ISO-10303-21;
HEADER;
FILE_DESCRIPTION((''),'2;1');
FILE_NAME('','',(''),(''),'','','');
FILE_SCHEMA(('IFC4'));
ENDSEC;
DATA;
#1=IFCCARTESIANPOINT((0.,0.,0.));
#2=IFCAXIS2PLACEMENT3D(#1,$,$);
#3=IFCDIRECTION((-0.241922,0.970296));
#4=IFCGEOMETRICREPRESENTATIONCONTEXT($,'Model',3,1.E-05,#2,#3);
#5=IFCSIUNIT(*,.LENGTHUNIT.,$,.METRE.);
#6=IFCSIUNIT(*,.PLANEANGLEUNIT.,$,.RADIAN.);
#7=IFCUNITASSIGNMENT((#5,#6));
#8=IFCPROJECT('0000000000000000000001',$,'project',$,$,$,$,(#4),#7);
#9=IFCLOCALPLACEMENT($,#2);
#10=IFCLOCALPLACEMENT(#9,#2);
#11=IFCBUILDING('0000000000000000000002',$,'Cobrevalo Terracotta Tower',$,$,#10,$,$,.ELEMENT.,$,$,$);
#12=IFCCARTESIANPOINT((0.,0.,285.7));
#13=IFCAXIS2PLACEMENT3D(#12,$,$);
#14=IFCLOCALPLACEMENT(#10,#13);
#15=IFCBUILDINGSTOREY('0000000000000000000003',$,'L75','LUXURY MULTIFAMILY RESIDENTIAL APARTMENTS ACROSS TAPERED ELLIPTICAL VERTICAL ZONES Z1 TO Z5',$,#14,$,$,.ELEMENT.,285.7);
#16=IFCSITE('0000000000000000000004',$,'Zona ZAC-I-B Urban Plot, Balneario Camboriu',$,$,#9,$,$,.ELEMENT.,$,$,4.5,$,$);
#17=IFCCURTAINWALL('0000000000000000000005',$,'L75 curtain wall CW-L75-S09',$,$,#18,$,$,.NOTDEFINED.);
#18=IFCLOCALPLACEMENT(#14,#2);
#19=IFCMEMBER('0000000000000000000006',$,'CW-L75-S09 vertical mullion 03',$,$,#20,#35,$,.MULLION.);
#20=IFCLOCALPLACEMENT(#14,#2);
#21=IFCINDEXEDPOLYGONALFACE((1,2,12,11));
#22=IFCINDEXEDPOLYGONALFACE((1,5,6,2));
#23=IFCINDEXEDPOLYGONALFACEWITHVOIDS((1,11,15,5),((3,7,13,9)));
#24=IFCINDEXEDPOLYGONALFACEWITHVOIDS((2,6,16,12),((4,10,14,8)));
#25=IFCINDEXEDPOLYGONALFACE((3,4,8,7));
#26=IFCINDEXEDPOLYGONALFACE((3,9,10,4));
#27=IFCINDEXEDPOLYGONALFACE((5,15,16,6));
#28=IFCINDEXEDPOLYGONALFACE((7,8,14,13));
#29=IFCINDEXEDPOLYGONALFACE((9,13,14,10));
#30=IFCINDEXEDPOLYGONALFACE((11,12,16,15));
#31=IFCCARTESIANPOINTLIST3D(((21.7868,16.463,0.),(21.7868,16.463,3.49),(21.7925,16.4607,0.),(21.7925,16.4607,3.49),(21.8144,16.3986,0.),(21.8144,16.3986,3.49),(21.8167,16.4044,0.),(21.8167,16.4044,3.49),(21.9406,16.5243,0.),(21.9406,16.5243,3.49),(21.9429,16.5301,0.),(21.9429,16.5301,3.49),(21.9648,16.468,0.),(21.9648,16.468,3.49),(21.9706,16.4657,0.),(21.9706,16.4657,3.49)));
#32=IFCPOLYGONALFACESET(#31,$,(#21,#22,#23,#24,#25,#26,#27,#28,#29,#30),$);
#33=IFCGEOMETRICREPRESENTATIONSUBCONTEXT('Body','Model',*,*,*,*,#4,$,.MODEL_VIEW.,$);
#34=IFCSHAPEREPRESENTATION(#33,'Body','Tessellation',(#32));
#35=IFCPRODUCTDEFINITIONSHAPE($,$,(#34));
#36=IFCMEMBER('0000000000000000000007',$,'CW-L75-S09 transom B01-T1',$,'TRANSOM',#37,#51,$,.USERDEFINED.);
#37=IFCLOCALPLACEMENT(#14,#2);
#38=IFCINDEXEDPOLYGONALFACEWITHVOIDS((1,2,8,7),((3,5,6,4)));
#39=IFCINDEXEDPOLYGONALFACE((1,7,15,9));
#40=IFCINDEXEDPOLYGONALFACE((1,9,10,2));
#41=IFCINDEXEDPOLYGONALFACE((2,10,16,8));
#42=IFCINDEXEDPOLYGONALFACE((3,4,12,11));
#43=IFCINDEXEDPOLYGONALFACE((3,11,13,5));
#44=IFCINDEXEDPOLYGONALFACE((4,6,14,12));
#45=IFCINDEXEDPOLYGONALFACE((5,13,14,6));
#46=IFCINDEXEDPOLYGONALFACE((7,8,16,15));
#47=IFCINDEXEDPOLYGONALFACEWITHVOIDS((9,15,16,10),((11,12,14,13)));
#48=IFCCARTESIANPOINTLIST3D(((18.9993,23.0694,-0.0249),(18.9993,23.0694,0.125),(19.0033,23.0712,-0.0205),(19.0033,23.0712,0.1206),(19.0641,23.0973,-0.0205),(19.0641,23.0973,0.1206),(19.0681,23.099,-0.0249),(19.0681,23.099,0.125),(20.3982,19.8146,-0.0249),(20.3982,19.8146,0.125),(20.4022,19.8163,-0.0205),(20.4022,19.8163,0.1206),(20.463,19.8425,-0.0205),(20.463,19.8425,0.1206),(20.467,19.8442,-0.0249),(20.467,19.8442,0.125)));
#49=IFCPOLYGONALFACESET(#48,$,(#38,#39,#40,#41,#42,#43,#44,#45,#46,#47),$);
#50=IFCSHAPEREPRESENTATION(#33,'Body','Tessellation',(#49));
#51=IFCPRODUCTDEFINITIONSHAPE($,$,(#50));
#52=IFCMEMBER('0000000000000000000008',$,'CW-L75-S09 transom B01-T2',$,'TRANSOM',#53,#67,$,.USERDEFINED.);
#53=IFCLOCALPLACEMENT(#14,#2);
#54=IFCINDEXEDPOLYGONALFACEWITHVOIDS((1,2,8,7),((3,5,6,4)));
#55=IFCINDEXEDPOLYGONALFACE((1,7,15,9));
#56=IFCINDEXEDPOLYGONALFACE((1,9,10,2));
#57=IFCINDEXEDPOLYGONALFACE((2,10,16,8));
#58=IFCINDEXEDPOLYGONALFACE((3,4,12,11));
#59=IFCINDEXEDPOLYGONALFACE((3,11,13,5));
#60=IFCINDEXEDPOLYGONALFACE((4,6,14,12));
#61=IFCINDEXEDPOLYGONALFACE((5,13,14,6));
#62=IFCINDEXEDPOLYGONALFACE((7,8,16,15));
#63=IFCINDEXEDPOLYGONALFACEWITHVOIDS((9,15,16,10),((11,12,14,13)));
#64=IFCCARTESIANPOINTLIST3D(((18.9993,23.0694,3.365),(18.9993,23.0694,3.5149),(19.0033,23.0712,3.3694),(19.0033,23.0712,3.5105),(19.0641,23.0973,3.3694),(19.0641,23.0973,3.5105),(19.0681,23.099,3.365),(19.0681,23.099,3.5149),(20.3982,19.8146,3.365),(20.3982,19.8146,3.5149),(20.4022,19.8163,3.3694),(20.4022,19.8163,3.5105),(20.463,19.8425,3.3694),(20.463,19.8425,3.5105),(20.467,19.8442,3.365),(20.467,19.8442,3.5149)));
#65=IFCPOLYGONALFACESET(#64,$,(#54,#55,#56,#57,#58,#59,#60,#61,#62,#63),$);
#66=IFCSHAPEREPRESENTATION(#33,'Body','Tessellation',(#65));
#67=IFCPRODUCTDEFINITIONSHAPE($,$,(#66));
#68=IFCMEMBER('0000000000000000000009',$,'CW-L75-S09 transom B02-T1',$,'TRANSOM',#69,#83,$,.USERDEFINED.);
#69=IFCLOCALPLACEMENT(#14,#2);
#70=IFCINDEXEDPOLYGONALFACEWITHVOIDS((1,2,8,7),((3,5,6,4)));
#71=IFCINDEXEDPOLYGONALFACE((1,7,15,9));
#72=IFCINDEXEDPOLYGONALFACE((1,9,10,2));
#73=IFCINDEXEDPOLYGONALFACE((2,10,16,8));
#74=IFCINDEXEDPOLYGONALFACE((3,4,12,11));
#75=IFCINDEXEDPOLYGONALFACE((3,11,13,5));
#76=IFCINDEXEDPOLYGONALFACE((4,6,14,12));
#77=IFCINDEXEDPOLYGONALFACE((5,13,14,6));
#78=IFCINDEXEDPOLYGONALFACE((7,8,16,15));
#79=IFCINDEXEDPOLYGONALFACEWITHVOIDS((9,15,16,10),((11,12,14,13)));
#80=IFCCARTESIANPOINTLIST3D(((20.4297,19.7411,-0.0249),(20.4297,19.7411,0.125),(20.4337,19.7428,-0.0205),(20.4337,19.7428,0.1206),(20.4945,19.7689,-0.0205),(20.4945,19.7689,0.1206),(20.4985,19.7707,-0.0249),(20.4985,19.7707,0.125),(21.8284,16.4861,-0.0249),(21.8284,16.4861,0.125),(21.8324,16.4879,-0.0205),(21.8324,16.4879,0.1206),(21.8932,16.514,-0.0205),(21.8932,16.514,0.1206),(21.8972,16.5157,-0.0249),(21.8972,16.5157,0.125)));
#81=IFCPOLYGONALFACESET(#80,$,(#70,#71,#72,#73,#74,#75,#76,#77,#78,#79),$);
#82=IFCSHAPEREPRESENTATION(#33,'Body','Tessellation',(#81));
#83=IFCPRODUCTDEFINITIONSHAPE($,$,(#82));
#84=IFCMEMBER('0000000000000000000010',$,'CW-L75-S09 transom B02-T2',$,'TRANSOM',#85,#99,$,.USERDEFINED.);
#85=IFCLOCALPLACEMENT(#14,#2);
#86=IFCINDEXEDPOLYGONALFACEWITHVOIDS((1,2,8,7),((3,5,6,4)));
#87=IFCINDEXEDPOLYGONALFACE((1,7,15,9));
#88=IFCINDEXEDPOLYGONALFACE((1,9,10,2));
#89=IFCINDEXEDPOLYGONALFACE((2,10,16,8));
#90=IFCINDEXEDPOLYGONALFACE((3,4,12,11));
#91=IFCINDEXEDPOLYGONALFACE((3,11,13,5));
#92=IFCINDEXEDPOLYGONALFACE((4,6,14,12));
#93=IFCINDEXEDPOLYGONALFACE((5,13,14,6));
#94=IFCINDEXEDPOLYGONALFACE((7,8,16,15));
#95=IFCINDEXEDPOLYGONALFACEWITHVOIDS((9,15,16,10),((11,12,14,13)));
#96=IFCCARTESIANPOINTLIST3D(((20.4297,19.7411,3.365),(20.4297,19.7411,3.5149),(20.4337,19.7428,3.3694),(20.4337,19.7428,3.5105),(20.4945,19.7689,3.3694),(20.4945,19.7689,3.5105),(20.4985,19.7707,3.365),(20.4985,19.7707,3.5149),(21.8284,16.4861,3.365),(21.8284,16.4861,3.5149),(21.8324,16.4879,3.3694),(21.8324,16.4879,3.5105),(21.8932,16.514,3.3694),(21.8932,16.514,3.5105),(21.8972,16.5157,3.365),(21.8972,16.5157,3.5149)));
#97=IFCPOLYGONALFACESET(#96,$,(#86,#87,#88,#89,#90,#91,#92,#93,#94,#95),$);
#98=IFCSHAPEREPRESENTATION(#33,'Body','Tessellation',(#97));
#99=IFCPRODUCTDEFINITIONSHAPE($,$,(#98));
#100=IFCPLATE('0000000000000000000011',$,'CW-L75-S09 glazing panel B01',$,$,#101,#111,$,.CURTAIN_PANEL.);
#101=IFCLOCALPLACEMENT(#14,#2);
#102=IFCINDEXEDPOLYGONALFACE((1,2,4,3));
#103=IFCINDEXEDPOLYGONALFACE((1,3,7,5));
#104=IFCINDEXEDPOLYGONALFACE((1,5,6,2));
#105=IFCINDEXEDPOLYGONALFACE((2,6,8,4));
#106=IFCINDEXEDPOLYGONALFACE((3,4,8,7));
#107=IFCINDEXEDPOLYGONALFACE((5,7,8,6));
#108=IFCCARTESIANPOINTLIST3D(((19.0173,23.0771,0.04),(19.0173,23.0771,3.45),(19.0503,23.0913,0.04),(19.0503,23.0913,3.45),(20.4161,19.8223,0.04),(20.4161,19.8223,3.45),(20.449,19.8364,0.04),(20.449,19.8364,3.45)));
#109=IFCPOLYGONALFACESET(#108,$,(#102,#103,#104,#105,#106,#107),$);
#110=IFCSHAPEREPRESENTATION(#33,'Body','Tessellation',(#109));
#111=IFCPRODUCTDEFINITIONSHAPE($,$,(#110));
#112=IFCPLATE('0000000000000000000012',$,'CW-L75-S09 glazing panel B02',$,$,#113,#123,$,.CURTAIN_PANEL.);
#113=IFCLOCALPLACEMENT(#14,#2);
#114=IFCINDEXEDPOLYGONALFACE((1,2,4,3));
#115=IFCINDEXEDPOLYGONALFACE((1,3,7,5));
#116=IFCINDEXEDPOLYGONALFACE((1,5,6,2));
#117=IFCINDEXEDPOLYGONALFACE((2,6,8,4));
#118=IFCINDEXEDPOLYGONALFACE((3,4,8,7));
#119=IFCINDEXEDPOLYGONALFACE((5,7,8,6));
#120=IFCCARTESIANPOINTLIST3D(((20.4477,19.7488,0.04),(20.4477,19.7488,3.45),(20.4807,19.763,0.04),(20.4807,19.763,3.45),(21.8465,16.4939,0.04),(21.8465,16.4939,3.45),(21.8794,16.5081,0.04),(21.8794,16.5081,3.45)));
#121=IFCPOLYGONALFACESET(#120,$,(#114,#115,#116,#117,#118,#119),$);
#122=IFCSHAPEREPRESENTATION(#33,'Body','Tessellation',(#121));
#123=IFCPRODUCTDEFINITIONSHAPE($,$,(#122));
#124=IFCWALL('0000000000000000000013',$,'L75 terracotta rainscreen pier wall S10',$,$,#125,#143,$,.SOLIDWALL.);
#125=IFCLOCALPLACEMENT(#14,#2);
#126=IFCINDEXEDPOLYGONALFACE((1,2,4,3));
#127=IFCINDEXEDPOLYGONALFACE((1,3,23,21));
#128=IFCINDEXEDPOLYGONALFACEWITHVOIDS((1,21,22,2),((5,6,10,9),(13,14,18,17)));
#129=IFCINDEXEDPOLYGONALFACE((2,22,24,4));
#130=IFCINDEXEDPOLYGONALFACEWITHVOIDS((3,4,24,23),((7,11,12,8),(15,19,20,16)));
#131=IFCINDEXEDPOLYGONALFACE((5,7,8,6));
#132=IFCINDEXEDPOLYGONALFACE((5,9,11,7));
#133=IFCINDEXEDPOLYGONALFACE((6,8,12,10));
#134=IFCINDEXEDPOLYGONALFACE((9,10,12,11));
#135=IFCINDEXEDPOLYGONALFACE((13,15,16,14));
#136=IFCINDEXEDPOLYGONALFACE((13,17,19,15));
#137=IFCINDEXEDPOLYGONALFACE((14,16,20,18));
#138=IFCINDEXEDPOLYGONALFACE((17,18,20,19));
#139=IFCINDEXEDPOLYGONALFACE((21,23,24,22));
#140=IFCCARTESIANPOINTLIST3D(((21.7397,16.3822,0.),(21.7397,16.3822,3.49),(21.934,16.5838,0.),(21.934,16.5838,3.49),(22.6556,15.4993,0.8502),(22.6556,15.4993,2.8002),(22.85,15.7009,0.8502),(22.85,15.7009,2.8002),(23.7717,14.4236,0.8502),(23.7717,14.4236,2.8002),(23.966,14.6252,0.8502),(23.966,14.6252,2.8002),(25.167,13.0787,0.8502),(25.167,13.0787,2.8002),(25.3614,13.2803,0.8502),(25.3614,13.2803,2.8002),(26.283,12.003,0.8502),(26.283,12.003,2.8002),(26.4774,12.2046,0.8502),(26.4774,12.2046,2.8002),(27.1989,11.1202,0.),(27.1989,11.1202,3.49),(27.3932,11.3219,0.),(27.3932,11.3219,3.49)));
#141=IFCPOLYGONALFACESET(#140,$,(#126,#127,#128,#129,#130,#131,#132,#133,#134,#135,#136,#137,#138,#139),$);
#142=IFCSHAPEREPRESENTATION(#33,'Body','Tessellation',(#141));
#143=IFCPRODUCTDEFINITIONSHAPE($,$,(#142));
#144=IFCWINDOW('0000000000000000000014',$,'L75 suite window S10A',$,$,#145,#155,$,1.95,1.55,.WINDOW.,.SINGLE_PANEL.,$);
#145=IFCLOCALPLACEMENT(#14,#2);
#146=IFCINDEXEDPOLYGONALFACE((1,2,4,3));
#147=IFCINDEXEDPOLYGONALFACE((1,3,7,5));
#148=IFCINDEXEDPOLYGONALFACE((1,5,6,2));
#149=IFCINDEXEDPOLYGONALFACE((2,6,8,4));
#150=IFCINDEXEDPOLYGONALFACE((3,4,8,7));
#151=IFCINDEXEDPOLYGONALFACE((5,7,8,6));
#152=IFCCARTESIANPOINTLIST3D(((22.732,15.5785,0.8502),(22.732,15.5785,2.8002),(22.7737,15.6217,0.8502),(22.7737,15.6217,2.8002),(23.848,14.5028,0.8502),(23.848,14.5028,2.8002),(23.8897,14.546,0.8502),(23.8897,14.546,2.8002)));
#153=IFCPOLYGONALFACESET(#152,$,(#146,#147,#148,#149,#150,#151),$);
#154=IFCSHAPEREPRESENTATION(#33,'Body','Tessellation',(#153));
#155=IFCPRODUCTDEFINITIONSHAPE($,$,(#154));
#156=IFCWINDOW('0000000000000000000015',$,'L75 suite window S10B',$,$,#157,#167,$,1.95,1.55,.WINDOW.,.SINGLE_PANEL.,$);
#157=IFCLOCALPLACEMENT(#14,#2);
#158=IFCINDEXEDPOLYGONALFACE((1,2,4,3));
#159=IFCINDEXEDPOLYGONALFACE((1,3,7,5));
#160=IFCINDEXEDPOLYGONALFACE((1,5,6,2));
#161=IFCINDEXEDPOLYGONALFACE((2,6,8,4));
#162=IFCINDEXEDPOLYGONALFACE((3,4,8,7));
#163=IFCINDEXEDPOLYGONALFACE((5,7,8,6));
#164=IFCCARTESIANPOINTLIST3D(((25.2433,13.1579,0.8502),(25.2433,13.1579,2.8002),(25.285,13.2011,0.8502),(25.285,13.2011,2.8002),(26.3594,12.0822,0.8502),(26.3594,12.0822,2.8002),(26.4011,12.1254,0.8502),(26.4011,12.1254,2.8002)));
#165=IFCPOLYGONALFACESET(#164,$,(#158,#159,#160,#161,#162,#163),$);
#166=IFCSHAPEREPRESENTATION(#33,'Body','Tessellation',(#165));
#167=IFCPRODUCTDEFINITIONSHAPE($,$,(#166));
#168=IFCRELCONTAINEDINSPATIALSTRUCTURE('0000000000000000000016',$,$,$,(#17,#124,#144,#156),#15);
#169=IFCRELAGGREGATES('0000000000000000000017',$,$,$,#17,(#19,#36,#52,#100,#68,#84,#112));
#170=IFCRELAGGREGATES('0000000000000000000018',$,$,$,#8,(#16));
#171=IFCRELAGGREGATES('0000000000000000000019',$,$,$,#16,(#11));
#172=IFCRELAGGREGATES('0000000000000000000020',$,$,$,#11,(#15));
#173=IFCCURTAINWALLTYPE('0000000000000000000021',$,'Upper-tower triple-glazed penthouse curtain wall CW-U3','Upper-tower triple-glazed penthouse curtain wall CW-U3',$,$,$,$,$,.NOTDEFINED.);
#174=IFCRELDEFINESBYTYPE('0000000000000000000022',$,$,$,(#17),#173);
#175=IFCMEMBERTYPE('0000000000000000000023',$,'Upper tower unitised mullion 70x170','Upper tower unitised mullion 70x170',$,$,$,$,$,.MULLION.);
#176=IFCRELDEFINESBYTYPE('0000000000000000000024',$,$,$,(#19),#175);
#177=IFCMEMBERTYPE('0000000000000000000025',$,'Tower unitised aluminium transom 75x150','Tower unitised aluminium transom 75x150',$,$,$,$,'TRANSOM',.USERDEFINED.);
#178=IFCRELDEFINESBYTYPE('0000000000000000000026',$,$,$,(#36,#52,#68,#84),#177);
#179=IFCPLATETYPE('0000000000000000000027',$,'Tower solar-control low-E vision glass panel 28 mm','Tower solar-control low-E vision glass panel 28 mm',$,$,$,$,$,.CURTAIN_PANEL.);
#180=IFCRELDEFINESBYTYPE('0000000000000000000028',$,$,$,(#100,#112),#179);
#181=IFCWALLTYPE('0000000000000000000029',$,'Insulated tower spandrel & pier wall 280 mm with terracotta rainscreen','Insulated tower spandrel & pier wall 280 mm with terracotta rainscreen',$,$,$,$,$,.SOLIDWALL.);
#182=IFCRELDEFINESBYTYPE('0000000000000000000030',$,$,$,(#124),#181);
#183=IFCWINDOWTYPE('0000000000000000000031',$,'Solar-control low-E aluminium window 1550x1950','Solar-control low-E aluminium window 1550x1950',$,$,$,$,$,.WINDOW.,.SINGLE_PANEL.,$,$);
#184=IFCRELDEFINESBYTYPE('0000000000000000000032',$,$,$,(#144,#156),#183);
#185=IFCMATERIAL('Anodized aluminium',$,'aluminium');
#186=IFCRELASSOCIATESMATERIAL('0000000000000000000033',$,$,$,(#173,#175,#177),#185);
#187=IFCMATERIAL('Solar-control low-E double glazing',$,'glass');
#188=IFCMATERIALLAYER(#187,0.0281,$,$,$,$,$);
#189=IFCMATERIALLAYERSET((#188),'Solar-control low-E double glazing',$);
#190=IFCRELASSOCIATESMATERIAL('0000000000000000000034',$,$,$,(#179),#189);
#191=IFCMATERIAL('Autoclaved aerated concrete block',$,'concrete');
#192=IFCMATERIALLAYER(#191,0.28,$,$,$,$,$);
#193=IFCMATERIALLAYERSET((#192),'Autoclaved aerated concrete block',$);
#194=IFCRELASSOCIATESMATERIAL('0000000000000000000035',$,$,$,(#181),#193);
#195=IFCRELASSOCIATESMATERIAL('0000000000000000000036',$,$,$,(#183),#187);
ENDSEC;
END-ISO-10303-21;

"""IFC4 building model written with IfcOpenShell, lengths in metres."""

from ifc_helpers import new_model, si_unit, direction, frame, frame_2d, origin, origin_2d, place, context, subcontext, project, spatial, rectangle, hollow_rectangle, extrude, source, transform, mapped, material, layer, layer_set, material_profile, profile_set, type_object, element, fill, aggregate, save


model = new_model("IFC4")

# Units and contexts
model_context = context("Model", 3, precision=1e-05, world=origin(), true_north=direction((-0.241922, 0.970296)))
body_context = subcontext(model_context, "Body", "Model", "MODEL_VIEW")
ifc_project = project(units=[si_unit("LENGTHUNIT", "METRE"), si_unit("PLANEANGLEUNIT", "RADIAN")], contexts=[model_context])

# Site, building, storey
site_placement = place(None, origin())
site = spatial("IfcSite", under=ifc_project, at=site_placement, Name="Zona ZAC-I-B Urban Plot, Balneario Camboriu", CompositionType="ELEMENT", RefElevation=4.5)
building_placement = place(site_placement, origin())
building = spatial("IfcBuilding", under=site, at=building_placement, Name="Cobrevalo Terracotta Tower", CompositionType="ELEMENT")
storey_placement = place(building_placement, frame((0.0, 0.0, 285.7)))
storey = spatial("IfcBuildingStorey", under=building, at=storey_placement, Name="L75", Description="LUXURY MULTIFAMILY RESIDENTIAL APARTMENTS ACROSS TAPERED ELLIPTICAL VERTICAL ZONES Z1 TO Z5", CompositionType="ELEMENT", Elevation=285.7)

# Shared definitions
ifc_material_1 = material(Name="Anodized aluminium", Category="aluminium")
curtain_wall_type = type_object("IfcCurtainWallType", Name="Upper-tower triple-glazed penthouse curtain wall CW-U3", Description="Upper-tower triple-glazed penthouse curtain wall CW-U3", PredefinedType="NOTDEFINED", material=ifc_material_1)
ifc_material_profile_1 = material_profile(ifc_material_1, hollow_rectangle(XDim=0.0701, YDim=0.1699, WallThickness=0.0044, at=origin_2d()), Name="CWM 70x170")
ifc_profile_set_1 = profile_set([ifc_material_profile_1], Name="Anodized aluminium")
member_type_1 = type_object("IfcMemberType", Name="Upper tower unitised mullion 70x170", Description="Upper tower unitised mullion 70x170", PredefinedType="MULLION", material=ifc_profile_set_1)
shared_shape_1 = source(origin(), body_context, "Body", "SweptSolid", [
    extrude(hollow_rectangle(XDim=0.0701, YDim=0.1699, WallThickness=0.0044, at=origin_2d()), origin(), (0.0, 0.0, 1.0), 3.49),
])

# Curtain wall, members, plates
curtain_wall_1_placement = place(storey_placement, origin())
curtain_wall_1 = element("IfcCurtainWall", 1, at=curtain_wall_1_placement, inside=storey, type_object=curtain_wall_type, Name="L75 curtain wall CW-L75-S09", PredefinedType="NOTDEFINED")
member_1_placement = place(storey_placement, frame((21.8787, 16.4644, 0.0), z_axis=(0.0, 0.0, 1.0), x_axis=(0.394824, -0.918757, 0.0)))
member_1 = element("IfcMember", 2, at=member_1_placement, type_object=member_type_1, Name="CW-L75-S09 vertical mullion 03", PredefinedType="MULLION", context=body_context, shape_type="MappedRepresentation", body=[
    mapped(shared_shape_1, transform((0.0, 0.0, 0.0), scale=1.0)),
])
ifc_material_profile_2 = material_profile(ifc_material_1, hollow_rectangle(XDim=0.075, YDim=0.1499, WallThickness=0.0044, at=origin_2d()), Name="CWT 75x150")
ifc_profile_set_2 = profile_set([ifc_material_profile_2], Name="Anodized aluminium")
member_type_2 = type_object("IfcMemberType", Name="Tower unitised aluminium transom 75x150", Description="Tower unitised aluminium transom 75x150", ElementType="TRANSOM", PredefinedType="USERDEFINED", material=ifc_profile_set_2)
shared_shape_2 = source(origin(), body_context, "Body", "SweptSolid", [
    extrude(hollow_rectangle(XDim=0.075, YDim=0.1499, WallThickness=0.0044, at=origin_2d()), origin(), (0.0, 0.0, 1.0), 3.5427),
])
member_2_placement = place(storey_placement, frame((19.0337, 23.0842, 0.05), z_axis=(0.394867, -0.918738, 0.0), x_axis=(0.918738, 0.394867, 0.0)))
member_2 = element("IfcMember", 3, at=member_2_placement, type_object=member_type_2, Name="CW-L75-S09 transom B01-T1", ObjectType="TRANSOM", PredefinedType="USERDEFINED", context=body_context, shape_type="MappedRepresentation", body=[
    mapped(shared_shape_2, transform((0.0, 0.0, 0.0), scale=1.0)),
])
member_3_placement = place(storey_placement, frame((19.0337, 23.0842, 3.4399), z_axis=(0.394867, -0.918738, 0.0), x_axis=(0.918738, 0.394867, 0.0)))
member_3 = element("IfcMember", 4, at=member_3_placement, type_object=member_type_2, Name="CW-L75-S09 transom B01-T2", ObjectType="TRANSOM", PredefinedType="USERDEFINED", context=body_context, shape_type="MappedRepresentation", body=[
    mapped(shared_shape_2, transform((0.0, 0.0, 0.0), scale=1.0)),
])
member_4_placement = place(storey_placement, frame((20.4641, 19.7559, 0.05), z_axis=(0.394809, -0.918763, 0.0), x_axis=(0.918763, 0.394809, 0.0)))
member_4 = element("IfcMember", 5, at=member_4_placement, type_object=member_type_2, Name="CW-L75-S09 transom B02-T1", ObjectType="TRANSOM", PredefinedType="USERDEFINED", context=body_context, shape_type="MappedRepresentation", body=[
    mapped(shared_shape_2, transform((0.0, 0.0, 0.0), scale=1.0)),
])
member_5_placement = place(storey_placement, frame((20.4641, 19.7559, 3.4399), z_axis=(0.394809, -0.918763, 0.0), x_axis=(0.918763, 0.394809, 0.0)))
member_5 = element("IfcMember", 6, at=member_5_placement, type_object=member_type_2, Name="CW-L75-S09 transom B02-T2", ObjectType="TRANSOM", PredefinedType="USERDEFINED", context=body_context, shape_type="MappedRepresentation", body=[
    mapped(shared_shape_2, transform((0.0, 0.0, 0.0), scale=1.0)),
])
ifc_material_2 = material(Name="Solar-control low-E double glazing", Category="glass")
ifc_layer_1 = layer(ifc_material_2, 0.0281)
ifc_layer_set_1 = layer_set([ifc_layer_1], Name="Solar-control low-E double glazing")
plate_type = type_object("IfcPlateType", Name="Tower solar-control low-E vision glass panel 28 mm", Description="Tower solar-control low-E vision glass panel 28 mm", PredefinedType="CURTAIN_PANEL", material=ifc_layer_set_1)
shared_shape_3 = source(origin(), body_context, "Body", "SweptSolid", [
    extrude(rectangle(XDim=3.5427, YDim=0.0359, at=origin_2d()), origin(), (0.0, 0.0, 1.0), 3.4099),
])
plate_1_placement = place(storey_placement, frame((19.7332, 21.4568, 0.04), z_axis=(0.0, 0.0, 1.0), x_axis=(0.394829, -0.918755, 0.0)))
plate_1 = element("IfcPlate", 7, at=plate_1_placement, type_object=plate_type, Name="CW-L75-S09 glazing panel B01", PredefinedType="CURTAIN_PANEL", context=body_context, shape_type="MappedRepresentation", body=[
    mapped(shared_shape_3, transform((0.0, 0.0, 0.0), scale=1.0)),
])
plate_2_placement = place(storey_placement, frame((21.1636, 18.1284, 0.04), z_axis=(0.0, 0.0, 1.0), x_axis=(0.394829, -0.918755, 0.0)))
plate_2 = element("IfcPlate", 8, at=plate_2_placement, type_object=plate_type, Name="CW-L75-S09 glazing panel B02", PredefinedType="CURTAIN_PANEL", context=body_context, shape_type="MappedRepresentation", body=[
    mapped(shared_shape_3, transform((0.0, 0.0, 0.0), scale=1.0)),
])
aggregate(curtain_wall_1, [member_1, member_2, member_3, plate_1, member_4, member_5, plate_2])

# Wall, openings, windows
ifc_material_3 = material(Name="Autoclaved aerated concrete block", Category="concrete")
ifc_layer_2 = layer(ifc_material_3, 0.28)
ifc_layer_set_2 = layer_set([ifc_layer_2], Name="Autoclaved aerated concrete block")
wall_type_1 = type_object("IfcWallType", Name="Insulated tower spandrel & pier wall 280 mm with terracotta rainscreen", Description="Insulated tower spandrel & pier wall 280 mm with terracotta rainscreen", PredefinedType="SOLIDWALL", material=ifc_layer_set_2)
wall_1_placement = place(storey_placement, frame((21.8369, 16.4829, 0.0), z_axis=(0.0, 0.0, 1.0), x_axis=(0.719995, -0.693979, 0.0)))
wall_1 = element("IfcWall", 9, at=wall_1_placement, inside=storey, type_object=wall_type_1, Name="L75 terracotta rainscreen pier wall S10", PredefinedType="SOLIDWALL", context=body_context, shape_type="SweptSolid", body=[
    extrude(rectangle(XDim=7.5823, YDim=0.28, at=frame_2d((3.791, 0.0))), origin(), (0.0, 0.0, 1.0), 3.49),
])
opening_1_placement = place(wall_1_placement, frame((1.2722, 0.0, 0.8501)))
opening_1 = element("IfcOpeningElement", 10, at=opening_1_placement, cuts=wall_1, PredefinedType="OPENING", context=body_context, shape_type="SweptSolid", body=[
    extrude(rectangle(XDim=1.55, YDim=1.95, at=frame_2d((0.7749, 0.9751))), frame((0.0, 0.1499, 0.0), z_axis=(0.0, -1.0, 0.0), x_axis=(1.0, 0.0, 0.0)), (0.0, 0.0, 1.0), 0.3),
])
opening_2_placement = place(wall_1_placement, frame((4.7603, 0.0, 0.8501)))
opening_2 = element("IfcOpeningElement", 11, at=opening_2_placement, cuts=wall_1, PredefinedType="OPENING", context=body_context, shape_type="SweptSolid", body=[
    extrude(rectangle(XDim=1.55, YDim=1.95, at=frame_2d((0.7749, 0.9751))), frame((0.0, 0.1499, 0.0), z_axis=(0.0, -1.0, 0.0), x_axis=(1.0, 0.0, 0.0)), (0.0, 0.0, 1.0), 0.3),
])
window_type = type_object("IfcWindowType", Name="Solar-control low-E aluminium window 1550x1950", Description="Solar-control low-E aluminium window 1550x1950", PartitioningType="SINGLE_PANEL", PredefinedType="WINDOW", material=ifc_material_2)
shared_shape_4 = source(origin(), body_context, "Body", "SweptSolid", [
    extrude(rectangle(XDim=1.55, YDim=1.95, at=frame_2d((0.7749, 0.9751))), frame((0.0, 0.03, 0.0), z_axis=(0.0, -1.0, 0.0), x_axis=(1.0, 0.0, 0.0)), (0.0, 0.0, 1.0), 0.0601),
])
window_1_placement = place(opening_1_placement, origin())
window_1 = element("IfcWindow", 12, at=window_1_placement, inside=storey, type_object=window_type, Name="L75 suite window S10A", OverallHeight=1.95, OverallWidth=1.55, PartitioningType="SINGLE_PANEL", PredefinedType="WINDOW", context=body_context, shape_type="MappedRepresentation", body=[
    mapped(shared_shape_4, transform((0.0, 0.0, 0.0), scale=1.0)),
])
fill(opening_1, window_1)
window_2_placement = place(opening_2_placement, origin())
window_2 = element("IfcWindow", 13, at=window_2_placement, inside=storey, type_object=window_type, Name="L75 suite window S10B", OverallHeight=1.95, OverallWidth=1.55, PartitioningType="SINGLE_PANEL", PredefinedType="WINDOW", context=body_context, shape_type="MappedRepresentation", body=[
    mapped(shared_shape_4, transform((0.0, 0.0, 0.0), scale=1.0)),
])
fill(opening_2, window_2)

save(model, "model.ifc")
